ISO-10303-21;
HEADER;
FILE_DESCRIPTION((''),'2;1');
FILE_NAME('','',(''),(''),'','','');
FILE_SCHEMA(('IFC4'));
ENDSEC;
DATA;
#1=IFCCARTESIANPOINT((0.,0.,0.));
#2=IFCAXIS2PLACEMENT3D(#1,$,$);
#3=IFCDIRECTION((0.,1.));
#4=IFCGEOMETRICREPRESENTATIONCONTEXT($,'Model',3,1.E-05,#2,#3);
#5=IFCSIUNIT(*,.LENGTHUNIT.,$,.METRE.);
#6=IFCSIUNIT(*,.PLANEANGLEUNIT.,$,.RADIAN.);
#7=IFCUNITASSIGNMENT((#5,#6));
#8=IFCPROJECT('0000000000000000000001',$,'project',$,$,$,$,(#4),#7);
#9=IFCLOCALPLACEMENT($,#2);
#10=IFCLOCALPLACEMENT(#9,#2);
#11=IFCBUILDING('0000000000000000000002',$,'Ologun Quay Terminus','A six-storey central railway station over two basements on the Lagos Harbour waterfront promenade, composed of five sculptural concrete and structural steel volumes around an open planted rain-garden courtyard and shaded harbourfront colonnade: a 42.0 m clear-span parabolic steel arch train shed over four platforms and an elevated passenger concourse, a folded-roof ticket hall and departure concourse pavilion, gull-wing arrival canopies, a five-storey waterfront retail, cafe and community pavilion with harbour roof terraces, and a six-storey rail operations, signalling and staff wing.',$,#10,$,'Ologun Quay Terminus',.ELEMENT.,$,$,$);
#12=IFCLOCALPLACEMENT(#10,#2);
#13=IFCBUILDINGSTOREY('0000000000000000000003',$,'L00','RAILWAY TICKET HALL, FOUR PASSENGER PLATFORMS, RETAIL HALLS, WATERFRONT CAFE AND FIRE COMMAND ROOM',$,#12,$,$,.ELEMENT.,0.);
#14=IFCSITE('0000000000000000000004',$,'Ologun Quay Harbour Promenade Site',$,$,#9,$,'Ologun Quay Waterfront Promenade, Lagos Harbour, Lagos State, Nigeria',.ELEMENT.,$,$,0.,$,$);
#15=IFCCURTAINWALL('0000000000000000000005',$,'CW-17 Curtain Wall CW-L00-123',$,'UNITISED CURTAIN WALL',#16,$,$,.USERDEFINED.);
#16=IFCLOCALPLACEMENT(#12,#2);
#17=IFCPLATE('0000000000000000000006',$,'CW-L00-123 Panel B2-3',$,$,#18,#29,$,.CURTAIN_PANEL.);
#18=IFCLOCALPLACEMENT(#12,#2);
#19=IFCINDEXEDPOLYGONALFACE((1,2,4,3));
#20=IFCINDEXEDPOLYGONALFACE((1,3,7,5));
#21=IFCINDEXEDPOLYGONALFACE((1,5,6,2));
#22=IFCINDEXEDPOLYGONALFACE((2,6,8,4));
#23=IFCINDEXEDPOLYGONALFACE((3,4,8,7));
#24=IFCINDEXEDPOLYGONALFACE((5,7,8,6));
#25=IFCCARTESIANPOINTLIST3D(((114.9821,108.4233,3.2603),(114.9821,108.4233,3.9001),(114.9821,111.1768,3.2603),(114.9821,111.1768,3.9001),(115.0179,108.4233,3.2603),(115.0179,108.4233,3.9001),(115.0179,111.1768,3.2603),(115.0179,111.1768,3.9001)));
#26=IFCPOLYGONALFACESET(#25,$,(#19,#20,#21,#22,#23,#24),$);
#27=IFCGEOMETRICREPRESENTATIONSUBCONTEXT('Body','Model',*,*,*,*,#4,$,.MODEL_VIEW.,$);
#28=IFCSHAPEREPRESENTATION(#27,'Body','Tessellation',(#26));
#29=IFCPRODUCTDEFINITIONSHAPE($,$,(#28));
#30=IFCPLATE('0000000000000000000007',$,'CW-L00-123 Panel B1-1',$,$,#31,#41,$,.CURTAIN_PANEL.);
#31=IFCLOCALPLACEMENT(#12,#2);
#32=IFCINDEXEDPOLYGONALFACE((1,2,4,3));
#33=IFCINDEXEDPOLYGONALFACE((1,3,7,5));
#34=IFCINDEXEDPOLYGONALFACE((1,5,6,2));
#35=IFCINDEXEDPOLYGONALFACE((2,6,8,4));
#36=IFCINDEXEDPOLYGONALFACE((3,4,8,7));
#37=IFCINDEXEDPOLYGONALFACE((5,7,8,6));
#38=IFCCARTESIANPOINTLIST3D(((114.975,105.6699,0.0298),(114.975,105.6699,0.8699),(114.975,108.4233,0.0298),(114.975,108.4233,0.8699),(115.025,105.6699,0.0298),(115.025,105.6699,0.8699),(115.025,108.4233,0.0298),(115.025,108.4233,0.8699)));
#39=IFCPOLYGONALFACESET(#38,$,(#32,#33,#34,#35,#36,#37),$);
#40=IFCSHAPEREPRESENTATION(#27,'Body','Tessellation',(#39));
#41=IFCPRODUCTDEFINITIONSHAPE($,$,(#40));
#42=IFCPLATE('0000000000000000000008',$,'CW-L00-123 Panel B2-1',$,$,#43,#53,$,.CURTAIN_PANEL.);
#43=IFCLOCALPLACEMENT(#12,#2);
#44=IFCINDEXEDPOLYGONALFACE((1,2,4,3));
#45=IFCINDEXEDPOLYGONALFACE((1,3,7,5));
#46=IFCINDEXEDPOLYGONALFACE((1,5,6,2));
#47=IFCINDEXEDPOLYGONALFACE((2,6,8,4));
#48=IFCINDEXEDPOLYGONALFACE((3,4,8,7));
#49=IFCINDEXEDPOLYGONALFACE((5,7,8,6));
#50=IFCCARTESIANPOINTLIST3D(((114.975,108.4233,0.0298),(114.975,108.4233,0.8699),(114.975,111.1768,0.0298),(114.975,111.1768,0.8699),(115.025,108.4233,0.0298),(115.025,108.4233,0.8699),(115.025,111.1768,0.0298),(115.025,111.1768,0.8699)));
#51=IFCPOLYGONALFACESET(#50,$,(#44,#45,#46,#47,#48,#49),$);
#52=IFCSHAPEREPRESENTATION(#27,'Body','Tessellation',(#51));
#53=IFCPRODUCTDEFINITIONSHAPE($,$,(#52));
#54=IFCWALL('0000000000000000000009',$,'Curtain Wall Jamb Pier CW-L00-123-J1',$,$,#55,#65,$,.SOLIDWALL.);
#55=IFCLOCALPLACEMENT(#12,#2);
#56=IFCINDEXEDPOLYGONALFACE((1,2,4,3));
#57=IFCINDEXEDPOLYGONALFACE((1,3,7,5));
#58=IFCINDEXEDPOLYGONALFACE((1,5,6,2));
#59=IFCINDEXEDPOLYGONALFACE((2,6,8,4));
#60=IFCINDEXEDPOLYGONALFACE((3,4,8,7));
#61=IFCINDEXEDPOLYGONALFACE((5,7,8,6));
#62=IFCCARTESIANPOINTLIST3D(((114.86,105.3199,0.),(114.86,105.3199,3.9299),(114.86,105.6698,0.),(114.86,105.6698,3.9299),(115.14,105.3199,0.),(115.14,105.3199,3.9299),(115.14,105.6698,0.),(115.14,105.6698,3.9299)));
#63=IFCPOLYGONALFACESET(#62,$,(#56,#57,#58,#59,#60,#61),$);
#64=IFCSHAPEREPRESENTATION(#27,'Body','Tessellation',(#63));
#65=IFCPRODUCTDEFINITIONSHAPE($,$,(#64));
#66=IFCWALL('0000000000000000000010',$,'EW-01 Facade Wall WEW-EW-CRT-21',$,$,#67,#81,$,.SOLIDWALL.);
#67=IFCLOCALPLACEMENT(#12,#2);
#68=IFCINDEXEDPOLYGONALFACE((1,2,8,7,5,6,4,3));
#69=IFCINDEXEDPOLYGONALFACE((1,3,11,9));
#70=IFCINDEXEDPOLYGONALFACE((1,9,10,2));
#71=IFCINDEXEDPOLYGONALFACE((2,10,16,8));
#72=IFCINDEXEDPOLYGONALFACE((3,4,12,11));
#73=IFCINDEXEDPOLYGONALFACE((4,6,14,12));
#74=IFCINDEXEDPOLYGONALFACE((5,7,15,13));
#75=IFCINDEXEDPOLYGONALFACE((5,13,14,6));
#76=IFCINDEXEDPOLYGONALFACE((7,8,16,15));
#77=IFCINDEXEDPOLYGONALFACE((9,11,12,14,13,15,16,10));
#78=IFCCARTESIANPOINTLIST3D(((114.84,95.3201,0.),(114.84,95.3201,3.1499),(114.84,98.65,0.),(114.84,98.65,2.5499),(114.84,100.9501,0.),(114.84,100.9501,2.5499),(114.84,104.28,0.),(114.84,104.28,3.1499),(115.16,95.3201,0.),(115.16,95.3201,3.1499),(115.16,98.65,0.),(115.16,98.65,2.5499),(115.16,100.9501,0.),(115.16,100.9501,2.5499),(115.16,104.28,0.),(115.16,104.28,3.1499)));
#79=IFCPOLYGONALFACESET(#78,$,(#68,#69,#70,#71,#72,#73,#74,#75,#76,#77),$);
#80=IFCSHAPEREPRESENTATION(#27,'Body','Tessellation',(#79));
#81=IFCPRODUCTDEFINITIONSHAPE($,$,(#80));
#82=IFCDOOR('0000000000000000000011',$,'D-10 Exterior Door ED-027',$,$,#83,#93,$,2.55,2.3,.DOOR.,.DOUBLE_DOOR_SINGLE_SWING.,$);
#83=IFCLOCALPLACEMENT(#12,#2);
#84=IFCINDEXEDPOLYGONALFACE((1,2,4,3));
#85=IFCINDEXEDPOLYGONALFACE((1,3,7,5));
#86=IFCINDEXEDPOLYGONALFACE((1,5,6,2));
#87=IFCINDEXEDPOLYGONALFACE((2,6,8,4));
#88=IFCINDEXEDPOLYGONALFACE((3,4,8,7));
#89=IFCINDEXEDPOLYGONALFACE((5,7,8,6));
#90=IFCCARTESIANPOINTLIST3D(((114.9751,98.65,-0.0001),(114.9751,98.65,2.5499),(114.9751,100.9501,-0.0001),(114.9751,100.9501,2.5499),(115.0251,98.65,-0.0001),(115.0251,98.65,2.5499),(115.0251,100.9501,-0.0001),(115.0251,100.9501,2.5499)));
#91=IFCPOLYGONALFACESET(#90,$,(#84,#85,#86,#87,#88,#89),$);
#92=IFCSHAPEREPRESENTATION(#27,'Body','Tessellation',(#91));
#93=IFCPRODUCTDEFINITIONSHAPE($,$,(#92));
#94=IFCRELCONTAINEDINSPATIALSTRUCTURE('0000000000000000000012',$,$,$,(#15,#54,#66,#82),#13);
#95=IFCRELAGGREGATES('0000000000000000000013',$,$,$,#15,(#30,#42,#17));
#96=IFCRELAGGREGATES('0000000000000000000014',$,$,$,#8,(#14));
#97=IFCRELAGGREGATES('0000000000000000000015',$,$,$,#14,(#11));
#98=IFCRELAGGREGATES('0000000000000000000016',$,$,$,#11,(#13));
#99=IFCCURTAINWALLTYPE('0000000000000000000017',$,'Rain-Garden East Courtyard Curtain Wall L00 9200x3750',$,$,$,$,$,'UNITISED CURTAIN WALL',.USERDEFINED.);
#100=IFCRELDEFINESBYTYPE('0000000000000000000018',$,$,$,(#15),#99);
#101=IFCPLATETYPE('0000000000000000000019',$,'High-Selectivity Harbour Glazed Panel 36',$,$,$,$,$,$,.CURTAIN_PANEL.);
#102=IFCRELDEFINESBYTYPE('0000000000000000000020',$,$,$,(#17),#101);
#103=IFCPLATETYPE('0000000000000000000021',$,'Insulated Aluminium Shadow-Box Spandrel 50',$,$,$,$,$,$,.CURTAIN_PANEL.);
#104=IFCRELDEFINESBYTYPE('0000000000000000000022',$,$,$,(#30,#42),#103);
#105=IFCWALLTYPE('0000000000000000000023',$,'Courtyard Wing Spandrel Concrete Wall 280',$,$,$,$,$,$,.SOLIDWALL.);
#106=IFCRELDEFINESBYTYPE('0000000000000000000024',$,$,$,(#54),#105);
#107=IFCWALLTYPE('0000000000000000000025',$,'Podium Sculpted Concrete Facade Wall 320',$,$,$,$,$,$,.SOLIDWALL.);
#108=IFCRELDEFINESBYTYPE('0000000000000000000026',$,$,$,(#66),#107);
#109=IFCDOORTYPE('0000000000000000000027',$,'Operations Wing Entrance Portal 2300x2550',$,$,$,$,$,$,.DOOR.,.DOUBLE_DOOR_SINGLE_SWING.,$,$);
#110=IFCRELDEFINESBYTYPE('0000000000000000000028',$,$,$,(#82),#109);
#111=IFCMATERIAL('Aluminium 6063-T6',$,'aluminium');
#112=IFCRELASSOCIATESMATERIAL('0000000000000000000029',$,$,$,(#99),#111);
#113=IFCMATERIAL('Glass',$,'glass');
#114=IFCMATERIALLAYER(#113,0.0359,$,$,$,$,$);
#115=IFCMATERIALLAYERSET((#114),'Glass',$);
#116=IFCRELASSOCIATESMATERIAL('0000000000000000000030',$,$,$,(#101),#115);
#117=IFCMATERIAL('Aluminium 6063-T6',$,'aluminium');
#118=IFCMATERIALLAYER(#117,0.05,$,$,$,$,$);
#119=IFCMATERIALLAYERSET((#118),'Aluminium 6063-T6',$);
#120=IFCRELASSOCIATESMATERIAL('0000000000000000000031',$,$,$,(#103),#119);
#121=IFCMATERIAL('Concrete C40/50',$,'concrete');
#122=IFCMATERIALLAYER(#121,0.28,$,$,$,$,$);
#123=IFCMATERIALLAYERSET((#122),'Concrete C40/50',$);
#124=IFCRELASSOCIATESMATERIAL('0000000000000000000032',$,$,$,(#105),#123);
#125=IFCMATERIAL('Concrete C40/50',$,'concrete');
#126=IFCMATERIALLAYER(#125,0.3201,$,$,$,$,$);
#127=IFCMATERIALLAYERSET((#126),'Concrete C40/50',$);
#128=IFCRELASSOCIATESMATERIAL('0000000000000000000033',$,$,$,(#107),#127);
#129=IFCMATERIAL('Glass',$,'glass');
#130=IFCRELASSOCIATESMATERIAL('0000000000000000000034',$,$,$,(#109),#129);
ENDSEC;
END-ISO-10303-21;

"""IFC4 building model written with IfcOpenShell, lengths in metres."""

from ifc_helpers import new_model, si_unit, direction, frame, frame_2d, origin, origin_2d, place, context, subcontext, project, spatial, rectangle, extrude, material, layer, layer_set, type_object, element, fill, aggregate, save


model = new_model("IFC4")

# Units and contexts
model_context = context("Model", 3, precision=1e-05, world=origin(), true_north=direction((0.0, 1.0)))
body_context = subcontext(model_context, "Body", "Model", "MODEL_VIEW")
ifc_project = project(units=[si_unit("LENGTHUNIT", "METRE"), si_unit("PLANEANGLEUNIT", "RADIAN")], contexts=[model_context])

# Site, building, storey
site_placement = place(None, origin())
site = spatial("IfcSite", under=ifc_project, at=site_placement, Name="Ologun Quay Harbour Promenade Site", LongName="Ologun Quay Waterfront Promenade, Lagos Harbour, Lagos State, Nigeria", CompositionType="ELEMENT", RefElevation=0.0)
building_placement = place(site_placement, origin())
building = spatial("IfcBuilding", under=site, at=building_placement, Name="Ologun Quay Terminus", Description="A six-storey central railway station over two basements on the Lagos Harbour waterfront promenade, composed of five sculptural concrete and structural steel volumes around an open planted rain-garden courtyard and shaded harbourfront colonnade: a 42.0 m clear-span parabolic steel arch train shed over four platforms and an elevated passenger concourse, a folded-roof ticket hall and departure concourse pavilion, gull-wing arrival canopies, a five-storey waterfront retail, cafe and community pavilion with harbour roof terraces, and a six-storey rail operations, signalling and staff wing.", LongName="Ologun Quay Terminus", CompositionType="ELEMENT")
storey_placement = place(building_placement, origin())
storey = spatial("IfcBuildingStorey", under=building, at=storey_placement, Name="L00", Description="RAILWAY TICKET HALL, FOUR PASSENGER PLATFORMS, RETAIL HALLS, WATERFRONT CAFE AND FIRE COMMAND ROOM", CompositionType="ELEMENT", Elevation=0.0)

# Curtain wall
ifc_material_1 = material(Name="Aluminium 6063-T6", Category="aluminium")
curtain_wall_type = type_object("IfcCurtainWallType", Name="Rain-Garden East Courtyard Curtain Wall L00 9200x3750", ElementType="UNITISED CURTAIN WALL", PredefinedType="USERDEFINED", material=ifc_material_1)
curtain_wall_placement = place(storey_placement, origin())
curtain_wall = element("IfcCurtainWall", 1, at=curtain_wall_placement, inside=storey, type_object=curtain_wall_type, Name="CW-17 Curtain Wall CW-L00-123", ObjectType="UNITISED CURTAIN WALL", PredefinedType="USERDEFINED")

# Plates
ifc_material_2 = material(Name="Glass", Category="glass")
ifc_layer_1 = layer(ifc_material_2, 0.0359)
ifc_layer_set_1 = layer_set([ifc_layer_1], Name="Glass")
plate_type_1 = type_object("IfcPlateType", Name="High-Selectivity Harbour Glazed Panel 36", PredefinedType="CURTAIN_PANEL", material=ifc_layer_set_1)
plate_1_placement = place(storey_placement, frame((115.0, 109.8, 3.2603), z_axis=(0.0, 0.0, 1.0), x_axis=(0.0, 1.0, 0.0)))
plate_1 = element("IfcPlate", 2, at=plate_1_placement, type_object=plate_type_1, Name="CW-L00-123 Panel B2-3", PredefinedType="CURTAIN_PANEL", context=body_context, shape_type="SweptSolid", body=[
    extrude(rectangle(XDim=2.7534, YDim=0.0359, at=origin_2d()), origin(), (0.0, 0.0, 1.0), 0.6399),
])
ifc_material_3 = material(Name="Aluminium 6063-T6", Category="aluminium")
ifc_layer_2 = layer(ifc_material_3, 0.05)
ifc_layer_set_2 = layer_set([ifc_layer_2], Name="Aluminium 6063-T6")
plate_type_2 = type_object("IfcPlateType", Name="Insulated Aluminium Shadow-Box Spandrel 50", PredefinedType="CURTAIN_PANEL", material=ifc_layer_set_2)
plate_2_placement = place(storey_placement, frame((115.0, 107.0466, 0.0298), z_axis=(0.0, 0.0, 1.0), x_axis=(0.0, 1.0, 0.0)))
plate_2 = element("IfcPlate", 3, at=plate_2_placement, type_object=plate_type_2, Name="CW-L00-123 Panel B1-1", PredefinedType="CURTAIN_PANEL", context=body_context, shape_type="SweptSolid", body=[
    extrude(rectangle(XDim=2.7534, YDim=0.05, at=origin_2d()), origin(), (0.0, 0.0, 1.0), 0.8401),
])
plate_3_placement = place(storey_placement, frame((115.0, 109.8, 0.0298), z_axis=(0.0, 0.0, 1.0), x_axis=(0.0, 1.0, 0.0)))
plate_3 = element("IfcPlate", 4, at=plate_3_placement, type_object=plate_type_2, Name="CW-L00-123 Panel B2-1", PredefinedType="CURTAIN_PANEL", context=body_context, shape_type="SweptSolid", body=[
    extrude(rectangle(XDim=2.7534, YDim=0.05, at=origin_2d()), origin(), (0.0, 0.0, 1.0), 0.8401),
])
aggregate(curtain_wall, [plate_2, plate_3, plate_1])

# Wall
ifc_material_4 = material(Name="Concrete C40/50", Category="concrete")
ifc_layer_3 = layer(ifc_material_4, 0.28)
ifc_layer_set_3 = layer_set([ifc_layer_3], Name="Concrete C40/50")
wall_type_1 = type_object("IfcWallType", Name="Courtyard Wing Spandrel Concrete Wall 280", PredefinedType="SOLIDWALL", material=ifc_layer_set_3)
wall_1_placement = place(storey_placement, frame((115.0, 105.3201, 0.0), z_axis=(0.0, 0.0, 1.0), x_axis=(0.0, 1.0, 0.0)))
element("IfcWall", 5, at=wall_1_placement, inside=storey, type_object=wall_type_1, Name="Curtain Wall Jamb Pier CW-L00-123-J1", PredefinedType="SOLIDWALL", context=body_context, shape_type="SweptSolid", body=[
    extrude(rectangle(XDim=0.3499, YDim=0.28, at=frame_2d((0.1748, 0.0))), origin(), (0.0, 0.0, 1.0), 3.9299),
])

# Wall, opening, door
ifc_material_5 = material(Name="Concrete C40/50", Category="concrete")
ifc_layer_4 = layer(ifc_material_5, 0.3201)
ifc_layer_set_4 = layer_set([ifc_layer_4], Name="Concrete C40/50")
wall_type_2 = type_object("IfcWallType", Name="Podium Sculpted Concrete Facade Wall 320", PredefinedType="SOLIDWALL", material=ifc_layer_set_4)
wall_2_placement = place(storey_placement, frame((115.0, 95.3201, 0.0), z_axis=(0.0, 0.0, 1.0), x_axis=(0.0, 1.0, 0.0)))
wall_2 = element("IfcWall", 6, at=wall_2_placement, inside=storey, type_object=wall_type_2, Name="EW-01 Facade Wall WEW-EW-CRT-21", PredefinedType="SOLIDWALL", context=body_context, shape_type="SweptSolid", body=[
    extrude(rectangle(XDim=8.96, YDim=0.3201, at=frame_2d((4.48, 0.0))), origin(), (0.0, 0.0, 1.0), 3.1499),
])
opening_placement = place(wall_2_placement, frame((3.3301, 0.0, 0.0)))
opening = element("IfcOpeningElement", 7, at=opening_placement, cuts=wall_2, PredefinedType="OPENING", context=body_context, shape_type="SweptSolid", body=[
    extrude(rectangle(XDim=2.3, YDim=2.55, at=frame_2d((1.1499, 1.2749))), frame((0.0, 0.1699, 0.0), z_axis=(0.0, -1.0, 0.0), x_axis=(1.0, 0.0, 0.0)), (0.0, 0.0, 1.0), 0.3401),
])
ifc_material_6 = material(Name="Glass", Category="glass")
door_type = type_object("IfcDoorType", Name="Operations Wing Entrance Portal 2300x2550", OperationType="DOUBLE_DOOR_SINGLE_SWING", PredefinedType="DOOR", material=ifc_material_6)
door_placement = place(opening_placement, origin())
door = element("IfcDoor", 8, at=door_placement, inside=storey, type_object=door_type, Name="D-10 Exterior Door ED-027", OperationType="DOUBLE_DOOR_SINGLE_SWING", OverallHeight=2.55, OverallWidth=2.3, PredefinedType="DOOR", context=body_context, shape_type="SweptSolid", body=[
    extrude(rectangle(XDim=2.3, YDim=2.55, at=frame_2d((1.1499, 1.2749))), frame((0.0, 0.0249, 0.0), z_axis=(0.0, -1.0, 0.0), x_axis=(1.0, 0.0, 0.0)), (0.0, 0.0, 1.0), 0.05),
])
fill(opening, door)

save(model, "model.ifc")
